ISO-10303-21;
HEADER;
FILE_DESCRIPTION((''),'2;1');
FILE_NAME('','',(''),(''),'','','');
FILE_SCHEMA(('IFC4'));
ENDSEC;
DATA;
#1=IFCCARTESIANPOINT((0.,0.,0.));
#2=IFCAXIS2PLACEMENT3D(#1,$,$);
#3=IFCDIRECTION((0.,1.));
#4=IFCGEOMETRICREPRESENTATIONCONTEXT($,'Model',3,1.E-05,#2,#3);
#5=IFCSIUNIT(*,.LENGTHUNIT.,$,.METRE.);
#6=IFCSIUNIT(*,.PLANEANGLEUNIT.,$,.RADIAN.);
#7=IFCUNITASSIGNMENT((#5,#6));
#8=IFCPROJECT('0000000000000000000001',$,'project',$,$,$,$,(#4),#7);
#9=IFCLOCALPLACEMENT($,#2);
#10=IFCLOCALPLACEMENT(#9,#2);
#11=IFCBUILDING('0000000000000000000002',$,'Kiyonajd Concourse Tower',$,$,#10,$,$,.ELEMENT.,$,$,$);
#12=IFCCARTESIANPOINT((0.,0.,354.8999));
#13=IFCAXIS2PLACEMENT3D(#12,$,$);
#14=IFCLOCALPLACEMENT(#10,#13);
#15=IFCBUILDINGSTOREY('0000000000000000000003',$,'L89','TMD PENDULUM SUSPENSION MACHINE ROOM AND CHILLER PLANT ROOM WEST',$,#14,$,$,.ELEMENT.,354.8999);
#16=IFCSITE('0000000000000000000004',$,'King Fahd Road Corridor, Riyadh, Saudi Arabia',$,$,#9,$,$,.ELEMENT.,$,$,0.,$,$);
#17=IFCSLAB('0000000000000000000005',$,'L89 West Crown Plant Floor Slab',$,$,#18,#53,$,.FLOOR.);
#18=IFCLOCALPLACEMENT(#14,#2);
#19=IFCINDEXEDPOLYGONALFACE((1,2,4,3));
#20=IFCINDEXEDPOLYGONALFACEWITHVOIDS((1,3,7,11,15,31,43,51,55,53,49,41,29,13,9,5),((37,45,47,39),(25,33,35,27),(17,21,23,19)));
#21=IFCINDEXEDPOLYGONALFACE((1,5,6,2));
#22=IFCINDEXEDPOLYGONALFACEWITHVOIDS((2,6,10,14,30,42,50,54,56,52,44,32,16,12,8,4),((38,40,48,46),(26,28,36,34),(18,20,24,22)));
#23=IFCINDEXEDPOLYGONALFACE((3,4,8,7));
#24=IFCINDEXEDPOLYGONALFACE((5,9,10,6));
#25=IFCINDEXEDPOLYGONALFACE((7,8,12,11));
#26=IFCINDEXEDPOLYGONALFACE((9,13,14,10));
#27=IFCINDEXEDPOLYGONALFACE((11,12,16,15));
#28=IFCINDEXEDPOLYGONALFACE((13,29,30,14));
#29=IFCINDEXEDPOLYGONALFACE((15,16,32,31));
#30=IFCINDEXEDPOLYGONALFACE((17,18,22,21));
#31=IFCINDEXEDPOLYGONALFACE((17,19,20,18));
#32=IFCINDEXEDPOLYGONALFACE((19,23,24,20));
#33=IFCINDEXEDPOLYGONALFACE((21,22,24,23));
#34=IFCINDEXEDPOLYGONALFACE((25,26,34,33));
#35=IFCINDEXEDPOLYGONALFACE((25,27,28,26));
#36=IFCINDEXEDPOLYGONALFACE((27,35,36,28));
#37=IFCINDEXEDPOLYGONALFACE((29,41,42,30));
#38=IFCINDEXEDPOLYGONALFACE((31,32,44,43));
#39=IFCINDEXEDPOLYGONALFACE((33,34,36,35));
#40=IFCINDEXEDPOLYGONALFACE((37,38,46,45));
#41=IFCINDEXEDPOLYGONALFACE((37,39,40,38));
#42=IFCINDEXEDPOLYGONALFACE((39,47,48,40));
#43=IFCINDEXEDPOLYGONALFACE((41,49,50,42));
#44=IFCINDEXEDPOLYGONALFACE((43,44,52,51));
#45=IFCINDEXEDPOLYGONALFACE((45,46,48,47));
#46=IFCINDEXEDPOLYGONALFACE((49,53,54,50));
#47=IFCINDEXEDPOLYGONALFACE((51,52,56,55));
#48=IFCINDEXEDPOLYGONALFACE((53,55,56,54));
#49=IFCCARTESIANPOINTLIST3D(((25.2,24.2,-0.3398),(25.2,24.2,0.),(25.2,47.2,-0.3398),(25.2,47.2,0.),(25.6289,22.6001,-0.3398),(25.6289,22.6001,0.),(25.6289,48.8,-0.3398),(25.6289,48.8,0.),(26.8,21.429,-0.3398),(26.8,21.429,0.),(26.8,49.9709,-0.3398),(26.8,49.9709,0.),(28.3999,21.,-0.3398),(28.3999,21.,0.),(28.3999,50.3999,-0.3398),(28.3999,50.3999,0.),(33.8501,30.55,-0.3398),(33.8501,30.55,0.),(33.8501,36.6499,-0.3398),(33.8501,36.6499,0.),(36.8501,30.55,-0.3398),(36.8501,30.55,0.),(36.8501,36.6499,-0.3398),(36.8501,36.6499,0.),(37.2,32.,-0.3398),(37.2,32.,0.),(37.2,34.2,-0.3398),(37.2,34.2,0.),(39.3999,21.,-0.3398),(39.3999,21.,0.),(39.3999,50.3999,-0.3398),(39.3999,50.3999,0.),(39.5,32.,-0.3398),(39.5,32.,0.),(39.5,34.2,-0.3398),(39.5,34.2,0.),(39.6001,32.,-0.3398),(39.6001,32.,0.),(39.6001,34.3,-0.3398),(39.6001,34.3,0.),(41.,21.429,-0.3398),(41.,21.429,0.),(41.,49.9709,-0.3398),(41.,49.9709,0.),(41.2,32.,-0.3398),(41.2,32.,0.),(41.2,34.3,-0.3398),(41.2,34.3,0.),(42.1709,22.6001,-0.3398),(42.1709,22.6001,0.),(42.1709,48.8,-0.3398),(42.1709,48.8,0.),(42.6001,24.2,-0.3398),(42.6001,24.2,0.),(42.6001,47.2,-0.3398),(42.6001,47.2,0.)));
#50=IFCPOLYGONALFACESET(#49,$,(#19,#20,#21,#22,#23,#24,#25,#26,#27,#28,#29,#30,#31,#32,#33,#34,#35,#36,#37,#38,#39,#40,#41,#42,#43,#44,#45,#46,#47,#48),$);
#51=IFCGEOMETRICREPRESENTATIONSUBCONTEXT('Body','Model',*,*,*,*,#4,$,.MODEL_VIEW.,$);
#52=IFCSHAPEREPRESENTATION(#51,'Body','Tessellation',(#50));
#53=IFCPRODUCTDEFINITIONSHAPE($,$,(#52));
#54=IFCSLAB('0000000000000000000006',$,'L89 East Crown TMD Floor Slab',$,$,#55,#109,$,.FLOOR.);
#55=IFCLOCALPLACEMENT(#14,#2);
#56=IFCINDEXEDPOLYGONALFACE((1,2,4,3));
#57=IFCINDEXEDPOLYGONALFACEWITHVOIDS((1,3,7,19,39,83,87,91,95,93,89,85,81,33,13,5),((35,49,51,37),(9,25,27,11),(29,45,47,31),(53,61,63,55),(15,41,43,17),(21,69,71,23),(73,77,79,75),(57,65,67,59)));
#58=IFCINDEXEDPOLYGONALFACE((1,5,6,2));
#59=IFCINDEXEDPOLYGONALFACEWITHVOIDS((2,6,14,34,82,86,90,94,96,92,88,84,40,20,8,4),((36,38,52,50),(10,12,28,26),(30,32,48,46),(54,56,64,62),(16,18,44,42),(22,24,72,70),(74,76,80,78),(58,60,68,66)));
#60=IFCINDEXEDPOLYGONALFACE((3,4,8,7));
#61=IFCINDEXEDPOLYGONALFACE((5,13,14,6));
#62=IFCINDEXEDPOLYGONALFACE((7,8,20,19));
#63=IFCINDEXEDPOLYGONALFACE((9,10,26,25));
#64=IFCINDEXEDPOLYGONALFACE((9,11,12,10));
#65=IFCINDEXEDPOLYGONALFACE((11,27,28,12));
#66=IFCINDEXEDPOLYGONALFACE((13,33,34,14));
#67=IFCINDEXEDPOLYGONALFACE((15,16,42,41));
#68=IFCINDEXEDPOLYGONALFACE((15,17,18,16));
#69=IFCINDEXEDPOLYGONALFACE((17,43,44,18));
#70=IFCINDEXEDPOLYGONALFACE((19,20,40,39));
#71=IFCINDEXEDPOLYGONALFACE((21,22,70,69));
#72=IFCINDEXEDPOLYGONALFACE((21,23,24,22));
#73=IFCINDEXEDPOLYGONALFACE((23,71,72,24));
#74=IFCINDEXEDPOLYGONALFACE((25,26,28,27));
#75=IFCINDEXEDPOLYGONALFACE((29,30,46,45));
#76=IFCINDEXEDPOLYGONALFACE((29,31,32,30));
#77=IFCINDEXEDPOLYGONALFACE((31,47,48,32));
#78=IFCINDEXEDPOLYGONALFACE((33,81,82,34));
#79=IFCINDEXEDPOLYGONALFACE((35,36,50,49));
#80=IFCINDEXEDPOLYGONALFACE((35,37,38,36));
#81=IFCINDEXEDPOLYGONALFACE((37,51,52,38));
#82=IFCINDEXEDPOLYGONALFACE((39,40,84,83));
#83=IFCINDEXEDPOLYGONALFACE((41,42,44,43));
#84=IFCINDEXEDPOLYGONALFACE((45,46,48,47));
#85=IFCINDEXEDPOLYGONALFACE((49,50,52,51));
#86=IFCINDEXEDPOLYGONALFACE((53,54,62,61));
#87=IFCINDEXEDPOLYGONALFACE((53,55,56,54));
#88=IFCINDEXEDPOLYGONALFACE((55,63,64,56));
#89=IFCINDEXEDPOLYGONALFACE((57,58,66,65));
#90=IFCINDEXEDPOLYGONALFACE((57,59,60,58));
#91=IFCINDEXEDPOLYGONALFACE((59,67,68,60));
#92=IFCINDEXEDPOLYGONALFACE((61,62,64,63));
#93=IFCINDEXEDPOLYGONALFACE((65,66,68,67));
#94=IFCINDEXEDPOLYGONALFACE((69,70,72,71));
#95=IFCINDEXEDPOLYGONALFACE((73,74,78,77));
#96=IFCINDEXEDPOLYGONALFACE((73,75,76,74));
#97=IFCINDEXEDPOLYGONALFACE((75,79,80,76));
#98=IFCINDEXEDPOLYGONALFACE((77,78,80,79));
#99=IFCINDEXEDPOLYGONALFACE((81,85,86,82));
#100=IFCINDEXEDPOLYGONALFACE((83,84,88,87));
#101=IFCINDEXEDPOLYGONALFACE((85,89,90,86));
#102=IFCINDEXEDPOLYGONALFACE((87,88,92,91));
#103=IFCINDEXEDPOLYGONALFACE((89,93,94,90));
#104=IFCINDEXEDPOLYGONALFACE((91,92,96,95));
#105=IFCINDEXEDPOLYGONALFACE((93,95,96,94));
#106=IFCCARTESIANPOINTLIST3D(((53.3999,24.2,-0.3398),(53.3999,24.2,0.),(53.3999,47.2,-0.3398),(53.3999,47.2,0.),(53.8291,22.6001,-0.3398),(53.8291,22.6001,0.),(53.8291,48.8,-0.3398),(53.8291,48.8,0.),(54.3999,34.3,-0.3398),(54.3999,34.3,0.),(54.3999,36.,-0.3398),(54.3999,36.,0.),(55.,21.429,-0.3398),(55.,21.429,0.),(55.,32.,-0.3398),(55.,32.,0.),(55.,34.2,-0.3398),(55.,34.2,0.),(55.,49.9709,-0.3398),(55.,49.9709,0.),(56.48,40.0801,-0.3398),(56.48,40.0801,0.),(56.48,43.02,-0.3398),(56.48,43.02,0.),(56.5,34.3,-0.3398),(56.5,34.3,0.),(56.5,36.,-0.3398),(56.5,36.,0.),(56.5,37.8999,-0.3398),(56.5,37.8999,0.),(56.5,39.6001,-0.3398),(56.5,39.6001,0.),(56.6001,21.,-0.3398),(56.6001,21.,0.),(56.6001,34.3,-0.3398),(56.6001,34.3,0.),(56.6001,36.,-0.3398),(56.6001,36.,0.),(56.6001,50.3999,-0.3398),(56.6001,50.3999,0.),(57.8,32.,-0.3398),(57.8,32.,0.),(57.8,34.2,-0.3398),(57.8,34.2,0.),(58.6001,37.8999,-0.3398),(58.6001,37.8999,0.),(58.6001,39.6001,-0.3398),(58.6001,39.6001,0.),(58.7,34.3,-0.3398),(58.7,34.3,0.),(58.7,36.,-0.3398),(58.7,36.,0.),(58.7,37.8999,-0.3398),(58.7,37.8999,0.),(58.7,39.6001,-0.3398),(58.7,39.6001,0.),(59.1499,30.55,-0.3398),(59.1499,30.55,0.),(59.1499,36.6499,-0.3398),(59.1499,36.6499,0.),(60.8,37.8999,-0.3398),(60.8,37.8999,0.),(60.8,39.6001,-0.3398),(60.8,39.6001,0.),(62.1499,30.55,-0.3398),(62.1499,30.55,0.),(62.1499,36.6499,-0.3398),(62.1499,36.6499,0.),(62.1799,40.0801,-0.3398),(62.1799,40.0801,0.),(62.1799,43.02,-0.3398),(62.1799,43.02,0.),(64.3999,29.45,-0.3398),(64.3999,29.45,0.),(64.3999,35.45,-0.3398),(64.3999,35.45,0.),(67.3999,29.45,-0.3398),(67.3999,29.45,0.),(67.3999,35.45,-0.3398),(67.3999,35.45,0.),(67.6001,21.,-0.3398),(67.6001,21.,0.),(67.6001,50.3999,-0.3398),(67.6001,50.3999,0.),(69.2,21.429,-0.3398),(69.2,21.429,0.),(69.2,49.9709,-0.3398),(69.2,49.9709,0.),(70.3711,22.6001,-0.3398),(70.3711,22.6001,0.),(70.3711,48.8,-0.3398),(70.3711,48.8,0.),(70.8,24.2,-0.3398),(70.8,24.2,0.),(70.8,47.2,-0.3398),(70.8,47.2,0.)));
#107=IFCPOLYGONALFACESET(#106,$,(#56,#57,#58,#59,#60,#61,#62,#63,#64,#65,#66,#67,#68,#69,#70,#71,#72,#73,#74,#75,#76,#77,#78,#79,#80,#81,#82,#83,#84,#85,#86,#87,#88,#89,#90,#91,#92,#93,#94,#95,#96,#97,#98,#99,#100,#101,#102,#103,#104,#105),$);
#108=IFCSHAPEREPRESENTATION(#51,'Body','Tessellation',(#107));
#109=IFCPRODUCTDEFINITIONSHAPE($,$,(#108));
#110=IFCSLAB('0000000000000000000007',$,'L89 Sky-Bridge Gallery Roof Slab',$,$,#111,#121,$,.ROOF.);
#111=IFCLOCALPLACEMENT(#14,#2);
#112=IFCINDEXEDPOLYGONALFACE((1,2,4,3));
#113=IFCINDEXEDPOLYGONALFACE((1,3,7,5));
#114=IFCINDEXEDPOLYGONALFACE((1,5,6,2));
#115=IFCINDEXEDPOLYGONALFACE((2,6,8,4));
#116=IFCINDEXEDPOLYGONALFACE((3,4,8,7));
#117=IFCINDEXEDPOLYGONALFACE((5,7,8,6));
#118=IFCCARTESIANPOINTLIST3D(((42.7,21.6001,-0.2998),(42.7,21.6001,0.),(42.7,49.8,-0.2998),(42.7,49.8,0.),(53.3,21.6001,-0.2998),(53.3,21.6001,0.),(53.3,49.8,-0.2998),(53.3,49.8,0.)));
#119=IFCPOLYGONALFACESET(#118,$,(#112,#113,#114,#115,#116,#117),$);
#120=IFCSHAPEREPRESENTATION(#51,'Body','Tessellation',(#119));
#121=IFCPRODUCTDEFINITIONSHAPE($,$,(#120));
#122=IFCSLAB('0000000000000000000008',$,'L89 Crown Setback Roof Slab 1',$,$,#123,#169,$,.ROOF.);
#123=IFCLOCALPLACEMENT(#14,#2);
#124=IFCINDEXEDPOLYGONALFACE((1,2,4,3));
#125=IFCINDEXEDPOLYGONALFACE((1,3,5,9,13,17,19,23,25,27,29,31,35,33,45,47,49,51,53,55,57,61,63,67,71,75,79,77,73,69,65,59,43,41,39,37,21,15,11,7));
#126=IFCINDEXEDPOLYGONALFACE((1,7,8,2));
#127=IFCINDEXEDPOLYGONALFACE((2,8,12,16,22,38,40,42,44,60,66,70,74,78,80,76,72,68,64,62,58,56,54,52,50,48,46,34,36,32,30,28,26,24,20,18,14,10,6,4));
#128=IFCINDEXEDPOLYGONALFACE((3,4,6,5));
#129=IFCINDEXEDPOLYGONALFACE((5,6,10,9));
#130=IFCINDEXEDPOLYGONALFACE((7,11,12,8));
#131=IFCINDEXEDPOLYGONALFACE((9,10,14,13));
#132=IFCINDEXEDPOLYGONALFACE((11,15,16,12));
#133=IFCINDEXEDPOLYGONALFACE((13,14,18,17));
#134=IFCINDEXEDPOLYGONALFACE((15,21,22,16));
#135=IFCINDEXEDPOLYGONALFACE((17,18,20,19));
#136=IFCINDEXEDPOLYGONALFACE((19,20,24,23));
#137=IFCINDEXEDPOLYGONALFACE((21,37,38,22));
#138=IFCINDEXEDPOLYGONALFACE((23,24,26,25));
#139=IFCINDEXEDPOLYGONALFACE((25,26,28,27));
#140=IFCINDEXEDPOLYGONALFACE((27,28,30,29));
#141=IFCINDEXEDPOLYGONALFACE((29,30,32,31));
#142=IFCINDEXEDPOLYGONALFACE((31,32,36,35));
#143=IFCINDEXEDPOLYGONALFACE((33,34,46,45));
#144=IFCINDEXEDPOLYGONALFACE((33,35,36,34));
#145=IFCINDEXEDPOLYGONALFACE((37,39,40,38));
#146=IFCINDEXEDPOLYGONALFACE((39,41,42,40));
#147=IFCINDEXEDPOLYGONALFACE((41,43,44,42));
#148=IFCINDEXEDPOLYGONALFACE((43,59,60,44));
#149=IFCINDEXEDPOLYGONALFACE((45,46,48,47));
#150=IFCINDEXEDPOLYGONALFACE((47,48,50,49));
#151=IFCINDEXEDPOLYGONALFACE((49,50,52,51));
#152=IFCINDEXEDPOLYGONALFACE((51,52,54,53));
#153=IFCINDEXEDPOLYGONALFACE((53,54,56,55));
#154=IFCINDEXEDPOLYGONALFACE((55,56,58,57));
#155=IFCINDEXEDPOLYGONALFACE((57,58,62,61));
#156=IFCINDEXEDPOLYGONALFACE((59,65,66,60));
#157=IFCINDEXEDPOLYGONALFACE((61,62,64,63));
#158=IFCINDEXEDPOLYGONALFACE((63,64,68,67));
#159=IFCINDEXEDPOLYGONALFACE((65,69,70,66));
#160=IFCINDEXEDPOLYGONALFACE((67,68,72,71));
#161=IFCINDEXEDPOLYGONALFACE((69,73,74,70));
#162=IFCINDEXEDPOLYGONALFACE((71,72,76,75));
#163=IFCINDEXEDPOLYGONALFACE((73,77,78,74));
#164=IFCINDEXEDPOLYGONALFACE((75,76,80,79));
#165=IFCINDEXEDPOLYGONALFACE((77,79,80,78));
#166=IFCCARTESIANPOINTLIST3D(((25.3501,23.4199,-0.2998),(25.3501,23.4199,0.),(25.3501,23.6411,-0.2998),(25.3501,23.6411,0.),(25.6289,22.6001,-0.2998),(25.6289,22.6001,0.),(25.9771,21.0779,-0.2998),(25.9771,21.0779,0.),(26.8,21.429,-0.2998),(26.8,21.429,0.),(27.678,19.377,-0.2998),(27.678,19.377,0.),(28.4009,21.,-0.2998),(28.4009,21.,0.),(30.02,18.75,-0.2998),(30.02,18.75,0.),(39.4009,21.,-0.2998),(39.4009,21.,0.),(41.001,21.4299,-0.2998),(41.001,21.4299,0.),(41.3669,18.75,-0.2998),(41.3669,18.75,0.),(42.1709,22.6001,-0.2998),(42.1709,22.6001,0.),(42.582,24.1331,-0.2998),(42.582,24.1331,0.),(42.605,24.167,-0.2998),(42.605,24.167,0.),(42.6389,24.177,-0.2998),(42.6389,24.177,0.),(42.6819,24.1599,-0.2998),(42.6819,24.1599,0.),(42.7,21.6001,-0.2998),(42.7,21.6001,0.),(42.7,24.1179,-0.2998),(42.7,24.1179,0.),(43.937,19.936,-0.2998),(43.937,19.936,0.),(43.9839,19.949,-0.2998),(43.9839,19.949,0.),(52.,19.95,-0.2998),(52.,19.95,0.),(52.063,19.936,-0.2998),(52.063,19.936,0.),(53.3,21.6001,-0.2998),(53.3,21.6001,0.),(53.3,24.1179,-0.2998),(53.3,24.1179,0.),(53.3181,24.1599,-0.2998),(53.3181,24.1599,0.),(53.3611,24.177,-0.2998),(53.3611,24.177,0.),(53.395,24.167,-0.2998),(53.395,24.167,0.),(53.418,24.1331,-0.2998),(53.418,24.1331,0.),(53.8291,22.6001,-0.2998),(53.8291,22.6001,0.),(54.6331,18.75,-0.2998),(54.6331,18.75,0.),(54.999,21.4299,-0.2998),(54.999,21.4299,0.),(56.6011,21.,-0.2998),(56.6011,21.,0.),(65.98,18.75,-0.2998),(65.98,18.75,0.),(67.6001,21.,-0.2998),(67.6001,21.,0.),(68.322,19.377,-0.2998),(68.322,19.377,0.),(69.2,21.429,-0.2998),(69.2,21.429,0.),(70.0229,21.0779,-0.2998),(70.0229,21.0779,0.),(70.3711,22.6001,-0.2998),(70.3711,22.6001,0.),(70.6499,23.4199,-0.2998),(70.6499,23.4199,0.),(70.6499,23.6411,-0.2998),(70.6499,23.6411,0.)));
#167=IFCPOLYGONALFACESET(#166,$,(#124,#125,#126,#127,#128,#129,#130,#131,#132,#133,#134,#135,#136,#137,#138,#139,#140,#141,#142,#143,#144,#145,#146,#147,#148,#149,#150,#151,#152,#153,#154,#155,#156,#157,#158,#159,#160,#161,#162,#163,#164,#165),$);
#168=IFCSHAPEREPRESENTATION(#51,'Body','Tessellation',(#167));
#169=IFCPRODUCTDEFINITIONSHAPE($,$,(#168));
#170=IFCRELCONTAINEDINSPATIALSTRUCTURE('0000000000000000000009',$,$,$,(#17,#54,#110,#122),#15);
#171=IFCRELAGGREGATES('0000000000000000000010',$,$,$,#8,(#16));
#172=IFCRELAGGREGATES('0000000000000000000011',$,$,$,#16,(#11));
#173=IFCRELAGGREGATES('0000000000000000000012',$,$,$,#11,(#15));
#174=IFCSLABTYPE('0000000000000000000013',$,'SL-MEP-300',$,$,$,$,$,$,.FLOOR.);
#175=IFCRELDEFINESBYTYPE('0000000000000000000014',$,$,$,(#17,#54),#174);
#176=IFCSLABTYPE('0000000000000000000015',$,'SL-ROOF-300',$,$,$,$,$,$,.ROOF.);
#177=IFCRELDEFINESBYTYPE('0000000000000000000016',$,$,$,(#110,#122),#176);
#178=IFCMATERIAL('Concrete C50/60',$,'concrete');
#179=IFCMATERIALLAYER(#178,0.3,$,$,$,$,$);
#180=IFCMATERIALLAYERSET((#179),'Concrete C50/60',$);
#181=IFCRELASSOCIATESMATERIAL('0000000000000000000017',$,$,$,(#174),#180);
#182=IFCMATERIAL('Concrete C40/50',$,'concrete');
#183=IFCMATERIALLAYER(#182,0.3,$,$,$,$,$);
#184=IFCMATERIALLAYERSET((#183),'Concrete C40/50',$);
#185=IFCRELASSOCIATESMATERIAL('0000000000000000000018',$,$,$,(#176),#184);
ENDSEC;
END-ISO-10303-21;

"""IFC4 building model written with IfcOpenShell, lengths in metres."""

from ifc_helpers import new_model, si_unit, direction, frame, origin, place, context, subcontext, project, spatial, polyline, outline, extrude, material, layer, layer_set, type_object, element, save


model = new_model("IFC4")

# Units and contexts
model_context = context("Model", 3, precision=1e-05, world=origin(), true_north=direction((0.0, 1.0)))
body_context = subcontext(model_context, "Body", "Model", "MODEL_VIEW")
ifc_project = project(units=[si_unit("LENGTHUNIT", "METRE"), si_unit("PLANEANGLEUNIT", "RADIAN")], contexts=[model_context])

# Site, building, storey
site_placement = place(None, origin())
site = spatial("IfcSite", under=ifc_project, at=site_placement, Name="King Fahd Road Corridor, Riyadh, Saudi Arabia", CompositionType="ELEMENT", RefElevation=0.0)
building_placement = place(site_placement, origin())
building = spatial("IfcBuilding", under=site, at=building_placement, Name="Kiyonajd Concourse Tower", CompositionType="ELEMENT")
storey_placement = place(building_placement, frame((0.0, 0.0, 354.8999)))
storey = spatial("IfcBuildingStorey", under=building, at=storey_placement, Name="L89", Description="TMD PENDULUM SUSPENSION MACHINE ROOM AND CHILLER PLANT ROOM WEST", CompositionType="ELEMENT", Elevation=354.8999)

# Shared definitions
ifc_material_1 = material(Name="Concrete C50/60", Category="concrete")

# Shared definitions
ifc_material_2 = material(Name="Concrete C40/50", Category="concrete")

# Slabs
ifc_layer_1 = layer(ifc_material_1, 0.3)
ifc_layer_set_1 = layer_set([ifc_layer_1], Name="Concrete C50/60")
slab_type_1 = type_object("IfcSlabType", Name="SL-MEP-300", PredefinedType="FLOOR", material=ifc_layer_set_1)
slab_1_placement = place(storey_placement, frame((0.0, 0.0, -0.3398)))
element("IfcSlab", 1, at=slab_1_placement, inside=storey, type_object=slab_type_1, Name="L89 West Crown Plant Floor Slab", PredefinedType="FLOOR", context=body_context, shape_type="SweptSolid", body=[
    extrude(outline(polyline([(25.2, 24.2), (25.6289, 22.6001), (26.8, 21.429), (28.3999, 21.0), (39.3999, 21.0), (41.0, 21.429), (42.1709, 22.6001), (42.6001, 24.2), (42.6001, 47.2), (42.1709, 48.8), (41.0, 49.9709), (39.3999, 50.3999), (28.3999, 50.3999), (26.8, 49.9709), (25.6289, 48.8), (25.2, 47.2), (25.2, 24.2)]), holes=[polyline([(33.8501, 30.55), (33.8501, 36.6499), (36.8501, 36.6499), (36.8501, 30.55), (33.8501, 30.55)]), polyline([(37.2, 32.0), (37.2, 34.2), (39.5, 34.2), (39.5, 32.0), (37.2, 32.0)]), polyline([(39.6001, 32.0), (39.6001, 34.3), (41.2, 34.3), (41.2, 32.0), (39.6001, 32.0)])]), origin(), (0.0, 0.0, 1.0), 0.3398),
])
slab_2_placement = place(storey_placement, frame((0.0, 0.0, -0.3398)))
element("IfcSlab", 2, at=slab_2_placement, inside=storey, type_object=slab_type_1, Name="L89 East Crown TMD Floor Slab", PredefinedType="FLOOR", context=body_context, shape_type="SweptSolid", body=[
    extrude(outline(polyline([(53.3999, 24.2), (53.8291, 22.6001), (55.0, 21.429), (56.6001, 21.0), (67.6001, 21.0), (69.2, 21.429), (70.3711, 22.6001), (70.8, 24.2), (70.8, 47.2), (70.3711, 48.8), (69.2, 49.9709), (67.6001, 50.3999), (56.6001, 50.3999), (55.0, 49.9709), (53.8291, 48.8), (53.3999, 47.2), (53.3999, 24.2)]), holes=[polyline([(59.1499, 30.55), (59.1499, 36.6499), (62.1499, 36.6499), (62.1499, 30.55), (59.1499, 30.55)]), polyline([(56.48, 43.02), (62.1799, 43.02), (62.1799, 40.0801), (56.48, 40.0801), (56.48, 43.02)]), polyline([(64.3999, 29.45), (64.3999, 35.45), (67.3999, 35.45), (67.3999, 29.45), (64.3999, 29.45)]), polyline([(55.0, 32.0), (55.0, 34.2), (57.8, 34.2), (57.8, 32.0), (55.0, 32.0)]), polyline([(54.3999, 34.3), (54.3999, 36.0), (56.5, 36.0), (56.5, 34.3), (54.3999, 34.3)]), polyline([(56.6001, 34.3), (56.6001, 36.0), (58.7, 36.0), (58.7, 34.3), (56.6001, 34.3)]), polyline([(56.5, 37.8999), (56.5, 39.6001), (58.6001, 39.6001), (58.6001, 37.8999), (56.5, 37.8999)]), polyline([(58.7, 37.8999), (58.7, 39.6001), (60.8, 39.6001), (60.8, 37.8999), (58.7, 37.8999)])]), origin(), (0.0, 0.0, 1.0), 0.3398),
])
ifc_layer_2 = layer(ifc_material_2, 0.3)
ifc_layer_set_2 = layer_set([ifc_layer_2], Name="Concrete C40/50")
slab_type_2 = type_object("IfcSlabType", Name="SL-ROOF-300", PredefinedType="ROOF", material=ifc_layer_set_2)
slab_3_placement = place(storey_placement, frame((0.0, 0.0, -0.2998)))
element("IfcSlab", 3, at=slab_3_placement, inside=storey, type_object=slab_type_2, Name="L89 Sky-Bridge Gallery Roof Slab", PredefinedType="ROOF", context=body_context, shape_type="SweptSolid", body=[
    extrude(outline(polyline([(42.7, 21.6001), (53.3, 21.6001), (53.3, 49.8), (42.7, 49.8), (42.7, 21.6001)])), origin(), (0.0, 0.0, 1.0), 0.2998),
])
slab_4_placement = place(storey_placement, frame((0.0, 0.0, -0.2998)))
element("IfcSlab", 4, at=slab_4_placement, inside=storey, type_object=slab_type_2, Name="L89 Crown Setback Roof Slab 1", PredefinedType="ROOF", context=body_context, shape_type="SweptSolid", body=[
    extrude(outline(polyline([(25.3501, 23.6411), (25.6289, 22.6001), (26.8, 21.429), (28.4009, 21.0), (39.4009, 21.0), (41.001, 21.4299), (42.1709, 22.6001), (42.582, 24.1331), (42.605, 24.167), (42.6389, 24.177), (42.6819, 24.1599), (42.7, 24.1179), (42.7, 21.6001), (53.3, 21.6001), (53.3, 24.1179), (53.3181, 24.1599), (53.3611, 24.177), (53.395, 24.167), (53.418, 24.1331), (53.8291, 22.6001), (54.999, 21.4299), (56.6011, 21.0), (67.6001, 21.0), (69.2, 21.429), (70.3711, 22.6001), (70.6499, 23.6411), (70.6499, 23.4199), (70.0229, 21.0779), (68.322, 19.377), (65.98, 18.75), (54.6331, 18.75), (52.063, 19.936), (52.0, 19.95), (43.9839, 19.949), (43.937, 19.936), (41.3669, 18.75), (30.02, 18.75), (27.678, 19.377), (25.9771, 21.0779), (25.3501, 23.4199), (25.3501, 23.6411)])), origin(), (0.0, 0.0, 1.0), 0.2998),
])

save(model, "model.ifc")
